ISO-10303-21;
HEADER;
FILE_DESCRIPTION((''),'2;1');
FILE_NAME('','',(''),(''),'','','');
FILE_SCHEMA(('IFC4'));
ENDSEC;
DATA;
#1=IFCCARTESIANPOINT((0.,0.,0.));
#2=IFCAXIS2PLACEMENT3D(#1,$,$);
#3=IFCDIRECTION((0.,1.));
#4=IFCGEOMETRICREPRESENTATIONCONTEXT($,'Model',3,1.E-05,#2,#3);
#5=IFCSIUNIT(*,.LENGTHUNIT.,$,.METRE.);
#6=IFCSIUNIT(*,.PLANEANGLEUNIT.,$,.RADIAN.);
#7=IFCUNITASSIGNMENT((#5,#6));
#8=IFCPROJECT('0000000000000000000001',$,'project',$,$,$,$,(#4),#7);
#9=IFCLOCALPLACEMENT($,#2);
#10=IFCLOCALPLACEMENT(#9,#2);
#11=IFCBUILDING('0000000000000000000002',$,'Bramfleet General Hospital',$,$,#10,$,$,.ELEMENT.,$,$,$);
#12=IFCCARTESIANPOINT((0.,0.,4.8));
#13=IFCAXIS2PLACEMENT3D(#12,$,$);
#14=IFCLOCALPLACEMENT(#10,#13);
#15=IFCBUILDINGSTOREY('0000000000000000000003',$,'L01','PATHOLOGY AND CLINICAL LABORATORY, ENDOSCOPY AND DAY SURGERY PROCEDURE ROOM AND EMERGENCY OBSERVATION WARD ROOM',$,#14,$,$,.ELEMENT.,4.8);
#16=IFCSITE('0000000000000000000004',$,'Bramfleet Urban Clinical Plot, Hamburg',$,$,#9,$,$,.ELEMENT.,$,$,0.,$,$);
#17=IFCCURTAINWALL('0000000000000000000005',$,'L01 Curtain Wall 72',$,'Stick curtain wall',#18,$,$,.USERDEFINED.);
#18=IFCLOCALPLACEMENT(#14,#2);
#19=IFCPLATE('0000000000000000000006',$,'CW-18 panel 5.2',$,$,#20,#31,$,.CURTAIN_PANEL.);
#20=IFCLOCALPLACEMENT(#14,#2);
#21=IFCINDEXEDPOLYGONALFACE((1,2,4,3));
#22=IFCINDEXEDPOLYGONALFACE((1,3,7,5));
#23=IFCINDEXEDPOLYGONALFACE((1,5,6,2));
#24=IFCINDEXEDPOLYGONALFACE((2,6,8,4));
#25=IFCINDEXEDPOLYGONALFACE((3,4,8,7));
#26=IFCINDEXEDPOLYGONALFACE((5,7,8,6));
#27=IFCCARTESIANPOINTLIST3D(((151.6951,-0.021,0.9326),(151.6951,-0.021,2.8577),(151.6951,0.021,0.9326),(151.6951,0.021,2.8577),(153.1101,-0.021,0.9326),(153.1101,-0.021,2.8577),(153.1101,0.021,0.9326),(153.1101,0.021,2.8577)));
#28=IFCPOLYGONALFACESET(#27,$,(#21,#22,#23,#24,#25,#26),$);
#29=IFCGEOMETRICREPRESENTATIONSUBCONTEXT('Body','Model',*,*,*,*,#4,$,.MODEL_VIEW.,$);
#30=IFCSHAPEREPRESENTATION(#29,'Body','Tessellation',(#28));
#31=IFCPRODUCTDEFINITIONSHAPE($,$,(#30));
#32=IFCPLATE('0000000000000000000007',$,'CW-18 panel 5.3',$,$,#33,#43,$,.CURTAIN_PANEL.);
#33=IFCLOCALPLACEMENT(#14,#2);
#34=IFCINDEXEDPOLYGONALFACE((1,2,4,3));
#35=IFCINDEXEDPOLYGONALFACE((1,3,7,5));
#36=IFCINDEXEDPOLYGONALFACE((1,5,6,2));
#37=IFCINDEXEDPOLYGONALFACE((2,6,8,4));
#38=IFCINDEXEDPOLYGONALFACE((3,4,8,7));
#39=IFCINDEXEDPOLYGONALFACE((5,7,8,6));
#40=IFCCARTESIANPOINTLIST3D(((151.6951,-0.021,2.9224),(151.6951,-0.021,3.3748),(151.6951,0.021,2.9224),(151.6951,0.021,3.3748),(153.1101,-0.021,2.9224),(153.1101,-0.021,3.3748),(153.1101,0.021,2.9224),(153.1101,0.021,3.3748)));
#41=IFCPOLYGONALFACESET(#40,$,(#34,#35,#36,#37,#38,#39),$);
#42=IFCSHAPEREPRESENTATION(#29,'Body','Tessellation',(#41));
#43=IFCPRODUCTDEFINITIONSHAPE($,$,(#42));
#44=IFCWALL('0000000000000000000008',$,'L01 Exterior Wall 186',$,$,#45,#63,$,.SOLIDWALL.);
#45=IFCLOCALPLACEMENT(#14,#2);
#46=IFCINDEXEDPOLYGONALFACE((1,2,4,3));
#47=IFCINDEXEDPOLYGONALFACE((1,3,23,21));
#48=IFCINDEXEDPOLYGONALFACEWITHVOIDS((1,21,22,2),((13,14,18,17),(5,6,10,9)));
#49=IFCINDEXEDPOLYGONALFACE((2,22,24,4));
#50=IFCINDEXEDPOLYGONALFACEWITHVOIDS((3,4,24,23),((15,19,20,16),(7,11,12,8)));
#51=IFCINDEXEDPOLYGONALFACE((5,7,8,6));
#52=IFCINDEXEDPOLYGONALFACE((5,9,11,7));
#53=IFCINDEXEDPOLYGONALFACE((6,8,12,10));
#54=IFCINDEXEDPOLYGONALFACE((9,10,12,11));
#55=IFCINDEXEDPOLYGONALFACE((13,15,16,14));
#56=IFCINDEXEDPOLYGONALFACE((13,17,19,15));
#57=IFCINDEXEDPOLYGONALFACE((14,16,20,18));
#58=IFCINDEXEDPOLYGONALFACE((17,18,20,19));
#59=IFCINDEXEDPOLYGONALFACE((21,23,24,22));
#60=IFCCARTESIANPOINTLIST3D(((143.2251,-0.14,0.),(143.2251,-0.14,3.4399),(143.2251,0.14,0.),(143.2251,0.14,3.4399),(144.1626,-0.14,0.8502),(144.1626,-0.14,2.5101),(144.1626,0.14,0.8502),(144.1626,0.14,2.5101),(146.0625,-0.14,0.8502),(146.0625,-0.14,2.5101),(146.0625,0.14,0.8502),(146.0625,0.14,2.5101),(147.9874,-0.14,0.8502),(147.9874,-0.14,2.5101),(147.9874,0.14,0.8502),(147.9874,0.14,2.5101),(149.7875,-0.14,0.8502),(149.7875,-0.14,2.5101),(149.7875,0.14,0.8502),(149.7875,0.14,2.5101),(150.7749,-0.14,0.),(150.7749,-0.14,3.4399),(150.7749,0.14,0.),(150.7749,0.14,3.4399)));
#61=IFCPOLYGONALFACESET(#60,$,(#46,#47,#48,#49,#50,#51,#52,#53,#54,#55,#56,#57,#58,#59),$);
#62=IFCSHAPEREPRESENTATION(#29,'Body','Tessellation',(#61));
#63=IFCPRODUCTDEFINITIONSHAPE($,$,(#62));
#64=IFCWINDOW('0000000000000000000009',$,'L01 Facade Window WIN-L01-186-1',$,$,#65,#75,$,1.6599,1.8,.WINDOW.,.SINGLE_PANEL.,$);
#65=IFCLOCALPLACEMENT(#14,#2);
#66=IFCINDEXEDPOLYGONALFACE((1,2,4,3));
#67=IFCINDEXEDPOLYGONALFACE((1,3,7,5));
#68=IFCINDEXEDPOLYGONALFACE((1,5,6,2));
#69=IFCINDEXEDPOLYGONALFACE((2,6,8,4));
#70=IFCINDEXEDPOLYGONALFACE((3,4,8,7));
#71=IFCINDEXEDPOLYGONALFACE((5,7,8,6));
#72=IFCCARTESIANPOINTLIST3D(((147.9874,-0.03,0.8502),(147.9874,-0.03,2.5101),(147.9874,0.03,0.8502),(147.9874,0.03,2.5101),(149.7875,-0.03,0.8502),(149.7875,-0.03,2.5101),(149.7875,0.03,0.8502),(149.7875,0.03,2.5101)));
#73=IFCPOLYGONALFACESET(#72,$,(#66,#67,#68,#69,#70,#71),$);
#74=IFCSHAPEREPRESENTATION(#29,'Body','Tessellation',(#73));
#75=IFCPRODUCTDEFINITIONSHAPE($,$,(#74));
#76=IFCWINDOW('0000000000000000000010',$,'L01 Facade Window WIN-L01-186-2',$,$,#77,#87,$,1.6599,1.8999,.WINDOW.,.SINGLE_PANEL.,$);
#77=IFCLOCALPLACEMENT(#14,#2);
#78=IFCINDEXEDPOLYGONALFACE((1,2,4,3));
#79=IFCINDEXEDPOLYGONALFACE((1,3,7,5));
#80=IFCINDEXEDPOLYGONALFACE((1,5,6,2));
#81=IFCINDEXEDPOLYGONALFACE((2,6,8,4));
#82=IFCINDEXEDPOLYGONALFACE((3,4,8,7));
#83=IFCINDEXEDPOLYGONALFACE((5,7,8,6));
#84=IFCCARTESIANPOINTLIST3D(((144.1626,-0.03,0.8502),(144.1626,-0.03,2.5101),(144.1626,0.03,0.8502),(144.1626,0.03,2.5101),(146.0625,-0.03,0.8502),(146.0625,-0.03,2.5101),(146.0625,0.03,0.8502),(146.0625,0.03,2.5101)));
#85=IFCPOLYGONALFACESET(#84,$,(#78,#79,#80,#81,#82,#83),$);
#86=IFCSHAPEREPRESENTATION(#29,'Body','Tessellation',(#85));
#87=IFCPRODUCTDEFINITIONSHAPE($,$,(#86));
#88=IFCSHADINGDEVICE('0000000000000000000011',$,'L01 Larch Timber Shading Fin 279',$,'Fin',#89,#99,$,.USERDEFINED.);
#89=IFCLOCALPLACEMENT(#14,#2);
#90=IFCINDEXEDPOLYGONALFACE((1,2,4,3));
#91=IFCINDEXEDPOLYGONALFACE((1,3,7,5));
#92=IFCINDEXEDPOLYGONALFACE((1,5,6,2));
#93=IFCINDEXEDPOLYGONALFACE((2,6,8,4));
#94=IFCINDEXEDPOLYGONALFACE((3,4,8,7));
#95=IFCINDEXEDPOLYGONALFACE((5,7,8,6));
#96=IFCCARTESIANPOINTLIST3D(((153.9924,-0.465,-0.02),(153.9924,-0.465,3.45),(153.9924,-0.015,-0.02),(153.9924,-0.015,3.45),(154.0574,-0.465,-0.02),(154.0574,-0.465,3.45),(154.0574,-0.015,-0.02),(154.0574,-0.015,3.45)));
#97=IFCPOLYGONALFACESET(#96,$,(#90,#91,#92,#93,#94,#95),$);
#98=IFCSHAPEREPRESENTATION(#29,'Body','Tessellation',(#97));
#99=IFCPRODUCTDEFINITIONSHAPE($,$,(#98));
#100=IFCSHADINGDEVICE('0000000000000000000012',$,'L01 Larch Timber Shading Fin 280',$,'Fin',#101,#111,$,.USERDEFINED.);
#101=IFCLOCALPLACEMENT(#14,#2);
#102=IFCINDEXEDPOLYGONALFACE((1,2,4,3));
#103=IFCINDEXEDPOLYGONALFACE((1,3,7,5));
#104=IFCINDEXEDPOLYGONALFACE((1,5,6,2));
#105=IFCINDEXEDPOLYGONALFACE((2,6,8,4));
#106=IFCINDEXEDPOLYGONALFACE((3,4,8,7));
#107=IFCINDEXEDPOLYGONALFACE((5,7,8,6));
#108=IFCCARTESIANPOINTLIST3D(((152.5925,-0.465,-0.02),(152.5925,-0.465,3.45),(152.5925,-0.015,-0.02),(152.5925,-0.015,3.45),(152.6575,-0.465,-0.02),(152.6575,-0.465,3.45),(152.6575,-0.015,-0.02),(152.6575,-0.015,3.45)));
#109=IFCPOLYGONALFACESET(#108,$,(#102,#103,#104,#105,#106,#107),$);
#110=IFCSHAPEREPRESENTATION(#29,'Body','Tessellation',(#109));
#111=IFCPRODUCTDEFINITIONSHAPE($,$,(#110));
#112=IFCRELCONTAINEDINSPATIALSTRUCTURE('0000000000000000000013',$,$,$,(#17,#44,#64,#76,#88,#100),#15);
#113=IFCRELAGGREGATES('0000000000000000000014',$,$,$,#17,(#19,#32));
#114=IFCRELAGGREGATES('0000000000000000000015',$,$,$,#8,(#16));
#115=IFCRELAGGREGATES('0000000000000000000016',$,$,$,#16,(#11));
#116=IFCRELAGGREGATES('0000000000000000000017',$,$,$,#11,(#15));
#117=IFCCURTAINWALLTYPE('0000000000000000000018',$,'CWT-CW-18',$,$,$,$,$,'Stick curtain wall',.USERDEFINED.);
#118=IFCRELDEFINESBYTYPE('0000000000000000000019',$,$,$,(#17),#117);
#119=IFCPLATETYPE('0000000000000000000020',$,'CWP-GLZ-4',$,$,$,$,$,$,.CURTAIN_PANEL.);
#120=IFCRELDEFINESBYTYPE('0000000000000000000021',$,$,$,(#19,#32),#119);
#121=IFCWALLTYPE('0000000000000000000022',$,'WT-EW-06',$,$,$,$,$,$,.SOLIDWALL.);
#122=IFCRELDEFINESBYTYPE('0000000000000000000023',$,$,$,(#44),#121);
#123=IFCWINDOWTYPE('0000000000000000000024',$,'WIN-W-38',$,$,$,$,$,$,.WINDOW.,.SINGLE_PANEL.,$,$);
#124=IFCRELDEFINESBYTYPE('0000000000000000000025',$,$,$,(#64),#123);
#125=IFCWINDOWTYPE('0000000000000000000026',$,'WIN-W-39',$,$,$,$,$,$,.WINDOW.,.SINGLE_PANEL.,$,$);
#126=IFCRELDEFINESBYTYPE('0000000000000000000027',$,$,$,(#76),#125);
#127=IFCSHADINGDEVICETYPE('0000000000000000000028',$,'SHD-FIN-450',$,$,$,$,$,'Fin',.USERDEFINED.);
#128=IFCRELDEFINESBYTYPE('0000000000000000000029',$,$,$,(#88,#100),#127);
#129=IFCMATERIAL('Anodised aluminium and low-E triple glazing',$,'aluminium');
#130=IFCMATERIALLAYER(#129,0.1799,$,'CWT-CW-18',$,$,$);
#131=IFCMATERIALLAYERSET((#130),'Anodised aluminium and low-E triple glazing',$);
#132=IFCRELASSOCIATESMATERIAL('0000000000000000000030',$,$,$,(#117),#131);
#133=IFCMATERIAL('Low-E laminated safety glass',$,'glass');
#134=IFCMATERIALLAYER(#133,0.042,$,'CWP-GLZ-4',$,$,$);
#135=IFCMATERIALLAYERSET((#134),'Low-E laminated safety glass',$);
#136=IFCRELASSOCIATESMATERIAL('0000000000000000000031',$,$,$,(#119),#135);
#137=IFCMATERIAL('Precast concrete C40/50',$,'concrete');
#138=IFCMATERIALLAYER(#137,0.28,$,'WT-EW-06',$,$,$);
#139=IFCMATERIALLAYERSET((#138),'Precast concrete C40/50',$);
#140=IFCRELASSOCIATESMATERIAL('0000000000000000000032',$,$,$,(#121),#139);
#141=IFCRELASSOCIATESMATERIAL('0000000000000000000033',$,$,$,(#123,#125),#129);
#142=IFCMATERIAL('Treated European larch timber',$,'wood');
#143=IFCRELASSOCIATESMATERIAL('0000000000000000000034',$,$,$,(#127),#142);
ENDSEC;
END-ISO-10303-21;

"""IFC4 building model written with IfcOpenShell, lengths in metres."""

from ifc_helpers import new_model, si_unit, direction, frame, frame_2d, origin, origin_2d, place, context, subcontext, project, spatial, rectangle, extrude, material, layer, layer_set, material_profile, profile_set, type_object, element, fill, aggregate, save


model = new_model("IFC4")

# Units and contexts
model_context = context("Model", 3, precision=1e-05, world=origin(), true_north=direction((0.0, 1.0)))
body_context = subcontext(model_context, "Body", "Model", "MODEL_VIEW")
ifc_project = project(units=[si_unit("LENGTHUNIT", "METRE"), si_unit("PLANEANGLEUNIT", "RADIAN")], contexts=[model_context])

# Site, building, storey
site_placement = place(None, origin())
site = spatial("IfcSite", under=ifc_project, at=site_placement, Name="Bramfleet Urban Clinical Plot, Hamburg", CompositionType="ELEMENT", RefElevation=0.0)
building_placement = place(site_placement, origin())
building = spatial("IfcBuilding", under=site, at=building_placement, Name="Bramfleet General Hospital", CompositionType="ELEMENT")
storey_placement = place(building_placement, frame((0.0, 0.0, 4.8)))
storey = spatial("IfcBuildingStorey", under=building, at=storey_placement, Name="L01", Description="PATHOLOGY AND CLINICAL LABORATORY, ENDOSCOPY AND DAY SURGERY PROCEDURE ROOM AND EMERGENCY OBSERVATION WARD ROOM", CompositionType="ELEMENT", Elevation=4.8)

# Curtain wall, plates
ifc_material_1 = material(Name="Anodised aluminium and low-E triple glazing", Category="aluminium")
ifc_layer_1 = layer(ifc_material_1, 0.1799, Name="CWT-CW-18")
ifc_layer_set_1 = layer_set([ifc_layer_1], Name="Anodised aluminium and low-E triple glazing")
curtain_wall_type = type_object("IfcCurtainWallType", Name="CWT-CW-18", ElementType="Stick curtain wall", PredefinedType="USERDEFINED", material=ifc_layer_set_1)
curtain_wall_placement = place(storey_placement, origin())
curtain_wall = element("IfcCurtainWall", 1, at=curtain_wall_placement, inside=storey, type_object=curtain_wall_type, Name="L01 Curtain Wall 72", ObjectType="Stick curtain wall", PredefinedType="USERDEFINED")
ifc_material_2 = material(Name="Low-E laminated safety glass", Category="glass")
ifc_layer_2 = layer(ifc_material_2, 0.042, Name="CWP-GLZ-4")
ifc_layer_set_2 = layer_set([ifc_layer_2], Name="Low-E laminated safety glass")
plate_type = type_object("IfcPlateType", Name="CWP-GLZ-4", PredefinedType="CURTAIN_PANEL", material=ifc_layer_set_2)
plate_1_placement = place(storey_placement, frame((152.4026, 0.0, 0.9326), z_axis=(0.0, 0.0, 1.0), x_axis=(-1.0, 0.0, 0.0)))
plate_1 = element("IfcPlate", 2, at=plate_1_placement, type_object=plate_type, Name="CW-18 panel 5.2", PredefinedType="CURTAIN_PANEL", context=body_context, shape_type="SweptSolid", body=[
    extrude(rectangle(XDim=1.415, YDim=0.042, at=origin_2d()), origin(), (0.0, 0.0, 1.0), 1.925),
])
plate_2_placement = place(storey_placement, frame((152.4026, 0.0, 2.9224), z_axis=(0.0, 0.0, 1.0), x_axis=(-1.0, 0.0, 0.0)))
plate_2 = element("IfcPlate", 3, at=plate_2_placement, type_object=plate_type, Name="CW-18 panel 5.3", PredefinedType="CURTAIN_PANEL", context=body_context, shape_type="SweptSolid", body=[
    extrude(rectangle(XDim=1.415, YDim=0.042, at=origin_2d()), origin(), (0.0, 0.0, 1.0), 0.4524),
])
aggregate(curtain_wall, [plate_1, plate_2])

# Wall, openings, windows
ifc_material_3 = material(Name="Precast concrete C40/50", Category="concrete")
ifc_layer_3 = layer(ifc_material_3, 0.28, Name="WT-EW-06")
ifc_layer_set_3 = layer_set([ifc_layer_3], Name="Precast concrete C40/50")
wall_type = type_object("IfcWallType", Name="WT-EW-06", PredefinedType="SOLIDWALL", material=ifc_layer_set_3)
wall_placement = place(storey_placement, frame((150.7749, 0.0, 0.0), z_axis=(0.0, 0.0, 1.0), x_axis=(-1.0, 0.0, 0.0)))
wall = element("IfcWall", 4, at=wall_placement, inside=storey, type_object=wall_type, Name="L01 Exterior Wall 186", PredefinedType="SOLIDWALL", context=body_context, shape_type="SweptSolid", body=[
    extrude(rectangle(XDim=7.5498, YDim=0.28, at=frame_2d((3.7749, 0.0))), origin(), (0.0, 0.0, 1.0), 3.4399),
])
opening_1_placement = place(wall_placement, frame((0.9875, 0.0, 0.8501)))
opening_1 = element("IfcOpeningElement", 5, at=opening_1_placement, cuts=wall, PredefinedType="OPENING", context=body_context, shape_type="SweptSolid", body=[
    extrude(rectangle(XDim=1.8, YDim=1.6599, at=frame_2d((0.8999, 0.8301))), frame((0.0, 0.1499, 0.0), z_axis=(0.0, -1.0, 0.0), x_axis=(1.0, 0.0, 0.0)), (0.0, 0.0, 1.0), 0.3),
])
opening_2_placement = place(wall_placement, frame((4.7124, 0.0, 0.8501)))
opening_2 = element("IfcOpeningElement", 6, at=opening_2_placement, cuts=wall, PredefinedType="OPENING", context=body_context, shape_type="SweptSolid", body=[
    extrude(rectangle(XDim=1.8999, YDim=1.6599, at=frame_2d((0.95, 0.8301))), frame((0.0, 0.1499, 0.0), z_axis=(0.0, -1.0, 0.0), x_axis=(1.0, 0.0, 0.0)), (0.0, 0.0, 1.0), 0.3),
])
window_type_1 = type_object("IfcWindowType", Name="WIN-W-38", PartitioningType="SINGLE_PANEL", PredefinedType="WINDOW", material=ifc_material_1)
window_1_placement = place(opening_1_placement, origin())
window_1 = element("IfcWindow", 7, at=window_1_placement, inside=storey, type_object=window_type_1, Name="L01 Facade Window WIN-L01-186-1", OverallHeight=1.6599, OverallWidth=1.8, PartitioningType="SINGLE_PANEL", PredefinedType="WINDOW", context=body_context, shape_type="SweptSolid", body=[
    extrude(rectangle(XDim=1.8, YDim=1.6599, at=frame_2d((0.8999, 0.8301))), frame((0.0, 0.03, 0.0), z_axis=(0.0, -1.0, 0.0), x_axis=(1.0, 0.0, 0.0)), (0.0, 0.0, 1.0), 0.0601),
])
fill(opening_1, window_1)
window_type_2 = type_object("IfcWindowType", Name="WIN-W-39", PartitioningType="SINGLE_PANEL", PredefinedType="WINDOW", material=ifc_material_1)
window_2_placement = place(opening_2_placement, origin())
window_2 = element("IfcWindow", 8, at=window_2_placement, inside=storey, type_object=window_type_2, Name="L01 Facade Window WIN-L01-186-2", OverallHeight=1.6599, OverallWidth=1.8999, PartitioningType="SINGLE_PANEL", PredefinedType="WINDOW", context=body_context, shape_type="SweptSolid", body=[
    extrude(rectangle(XDim=1.8999, YDim=1.6599, at=frame_2d((0.95, 0.8301))), frame((0.0, 0.03, 0.0), z_axis=(0.0, -1.0, 0.0), x_axis=(1.0, 0.0, 0.0)), (0.0, 0.0, 1.0), 0.0601),
])
fill(opening_2, window_2)

# Shading devices
ifc_material_4 = material(Name="Treated European larch timber", Category="wood")
ifc_material_profile_1 = material_profile(ifc_material_4, rectangle(XDim=0.0649, YDim=0.45, at=origin_2d()), Name="LARCH FIN 450x65")
ifc_profile_set_1 = profile_set([ifc_material_profile_1], Name="Treated European larch timber")
shading_device_type = type_object("IfcShadingDeviceType", Name="SHD-FIN-450", ElementType="Fin", PredefinedType="USERDEFINED", material=ifc_profile_set_1)
for number, where, z_axis, x_axis, name in (
    (9, (154.0249, -0.24, -0.02), (0.0, 0.0, 1.0), (-1.0, 0.0, 0.0), "L01 Larch Timber Shading Fin 279"),
    (10, (152.625, -0.24, -0.02), (0.0, 0.0, 1.0), (-1.0, 0.0, 0.0), "L01 Larch Timber Shading Fin 280"),
):
    element("IfcShadingDevice", number, at=place(storey_placement, frame(where, z_axis=z_axis, x_axis=x_axis)), inside=storey, type_object=shading_device_type, Name=name, ObjectType="Fin", PredefinedType="USERDEFINED", context=body_context, shape_type="SweptSolid", body=[
        extrude(rectangle(XDim=0.0649, YDim=0.45, at=origin_2d()), origin(), (0.0, 0.0, 1.0), 3.47),
    ])

save(model, "model.ifc")
